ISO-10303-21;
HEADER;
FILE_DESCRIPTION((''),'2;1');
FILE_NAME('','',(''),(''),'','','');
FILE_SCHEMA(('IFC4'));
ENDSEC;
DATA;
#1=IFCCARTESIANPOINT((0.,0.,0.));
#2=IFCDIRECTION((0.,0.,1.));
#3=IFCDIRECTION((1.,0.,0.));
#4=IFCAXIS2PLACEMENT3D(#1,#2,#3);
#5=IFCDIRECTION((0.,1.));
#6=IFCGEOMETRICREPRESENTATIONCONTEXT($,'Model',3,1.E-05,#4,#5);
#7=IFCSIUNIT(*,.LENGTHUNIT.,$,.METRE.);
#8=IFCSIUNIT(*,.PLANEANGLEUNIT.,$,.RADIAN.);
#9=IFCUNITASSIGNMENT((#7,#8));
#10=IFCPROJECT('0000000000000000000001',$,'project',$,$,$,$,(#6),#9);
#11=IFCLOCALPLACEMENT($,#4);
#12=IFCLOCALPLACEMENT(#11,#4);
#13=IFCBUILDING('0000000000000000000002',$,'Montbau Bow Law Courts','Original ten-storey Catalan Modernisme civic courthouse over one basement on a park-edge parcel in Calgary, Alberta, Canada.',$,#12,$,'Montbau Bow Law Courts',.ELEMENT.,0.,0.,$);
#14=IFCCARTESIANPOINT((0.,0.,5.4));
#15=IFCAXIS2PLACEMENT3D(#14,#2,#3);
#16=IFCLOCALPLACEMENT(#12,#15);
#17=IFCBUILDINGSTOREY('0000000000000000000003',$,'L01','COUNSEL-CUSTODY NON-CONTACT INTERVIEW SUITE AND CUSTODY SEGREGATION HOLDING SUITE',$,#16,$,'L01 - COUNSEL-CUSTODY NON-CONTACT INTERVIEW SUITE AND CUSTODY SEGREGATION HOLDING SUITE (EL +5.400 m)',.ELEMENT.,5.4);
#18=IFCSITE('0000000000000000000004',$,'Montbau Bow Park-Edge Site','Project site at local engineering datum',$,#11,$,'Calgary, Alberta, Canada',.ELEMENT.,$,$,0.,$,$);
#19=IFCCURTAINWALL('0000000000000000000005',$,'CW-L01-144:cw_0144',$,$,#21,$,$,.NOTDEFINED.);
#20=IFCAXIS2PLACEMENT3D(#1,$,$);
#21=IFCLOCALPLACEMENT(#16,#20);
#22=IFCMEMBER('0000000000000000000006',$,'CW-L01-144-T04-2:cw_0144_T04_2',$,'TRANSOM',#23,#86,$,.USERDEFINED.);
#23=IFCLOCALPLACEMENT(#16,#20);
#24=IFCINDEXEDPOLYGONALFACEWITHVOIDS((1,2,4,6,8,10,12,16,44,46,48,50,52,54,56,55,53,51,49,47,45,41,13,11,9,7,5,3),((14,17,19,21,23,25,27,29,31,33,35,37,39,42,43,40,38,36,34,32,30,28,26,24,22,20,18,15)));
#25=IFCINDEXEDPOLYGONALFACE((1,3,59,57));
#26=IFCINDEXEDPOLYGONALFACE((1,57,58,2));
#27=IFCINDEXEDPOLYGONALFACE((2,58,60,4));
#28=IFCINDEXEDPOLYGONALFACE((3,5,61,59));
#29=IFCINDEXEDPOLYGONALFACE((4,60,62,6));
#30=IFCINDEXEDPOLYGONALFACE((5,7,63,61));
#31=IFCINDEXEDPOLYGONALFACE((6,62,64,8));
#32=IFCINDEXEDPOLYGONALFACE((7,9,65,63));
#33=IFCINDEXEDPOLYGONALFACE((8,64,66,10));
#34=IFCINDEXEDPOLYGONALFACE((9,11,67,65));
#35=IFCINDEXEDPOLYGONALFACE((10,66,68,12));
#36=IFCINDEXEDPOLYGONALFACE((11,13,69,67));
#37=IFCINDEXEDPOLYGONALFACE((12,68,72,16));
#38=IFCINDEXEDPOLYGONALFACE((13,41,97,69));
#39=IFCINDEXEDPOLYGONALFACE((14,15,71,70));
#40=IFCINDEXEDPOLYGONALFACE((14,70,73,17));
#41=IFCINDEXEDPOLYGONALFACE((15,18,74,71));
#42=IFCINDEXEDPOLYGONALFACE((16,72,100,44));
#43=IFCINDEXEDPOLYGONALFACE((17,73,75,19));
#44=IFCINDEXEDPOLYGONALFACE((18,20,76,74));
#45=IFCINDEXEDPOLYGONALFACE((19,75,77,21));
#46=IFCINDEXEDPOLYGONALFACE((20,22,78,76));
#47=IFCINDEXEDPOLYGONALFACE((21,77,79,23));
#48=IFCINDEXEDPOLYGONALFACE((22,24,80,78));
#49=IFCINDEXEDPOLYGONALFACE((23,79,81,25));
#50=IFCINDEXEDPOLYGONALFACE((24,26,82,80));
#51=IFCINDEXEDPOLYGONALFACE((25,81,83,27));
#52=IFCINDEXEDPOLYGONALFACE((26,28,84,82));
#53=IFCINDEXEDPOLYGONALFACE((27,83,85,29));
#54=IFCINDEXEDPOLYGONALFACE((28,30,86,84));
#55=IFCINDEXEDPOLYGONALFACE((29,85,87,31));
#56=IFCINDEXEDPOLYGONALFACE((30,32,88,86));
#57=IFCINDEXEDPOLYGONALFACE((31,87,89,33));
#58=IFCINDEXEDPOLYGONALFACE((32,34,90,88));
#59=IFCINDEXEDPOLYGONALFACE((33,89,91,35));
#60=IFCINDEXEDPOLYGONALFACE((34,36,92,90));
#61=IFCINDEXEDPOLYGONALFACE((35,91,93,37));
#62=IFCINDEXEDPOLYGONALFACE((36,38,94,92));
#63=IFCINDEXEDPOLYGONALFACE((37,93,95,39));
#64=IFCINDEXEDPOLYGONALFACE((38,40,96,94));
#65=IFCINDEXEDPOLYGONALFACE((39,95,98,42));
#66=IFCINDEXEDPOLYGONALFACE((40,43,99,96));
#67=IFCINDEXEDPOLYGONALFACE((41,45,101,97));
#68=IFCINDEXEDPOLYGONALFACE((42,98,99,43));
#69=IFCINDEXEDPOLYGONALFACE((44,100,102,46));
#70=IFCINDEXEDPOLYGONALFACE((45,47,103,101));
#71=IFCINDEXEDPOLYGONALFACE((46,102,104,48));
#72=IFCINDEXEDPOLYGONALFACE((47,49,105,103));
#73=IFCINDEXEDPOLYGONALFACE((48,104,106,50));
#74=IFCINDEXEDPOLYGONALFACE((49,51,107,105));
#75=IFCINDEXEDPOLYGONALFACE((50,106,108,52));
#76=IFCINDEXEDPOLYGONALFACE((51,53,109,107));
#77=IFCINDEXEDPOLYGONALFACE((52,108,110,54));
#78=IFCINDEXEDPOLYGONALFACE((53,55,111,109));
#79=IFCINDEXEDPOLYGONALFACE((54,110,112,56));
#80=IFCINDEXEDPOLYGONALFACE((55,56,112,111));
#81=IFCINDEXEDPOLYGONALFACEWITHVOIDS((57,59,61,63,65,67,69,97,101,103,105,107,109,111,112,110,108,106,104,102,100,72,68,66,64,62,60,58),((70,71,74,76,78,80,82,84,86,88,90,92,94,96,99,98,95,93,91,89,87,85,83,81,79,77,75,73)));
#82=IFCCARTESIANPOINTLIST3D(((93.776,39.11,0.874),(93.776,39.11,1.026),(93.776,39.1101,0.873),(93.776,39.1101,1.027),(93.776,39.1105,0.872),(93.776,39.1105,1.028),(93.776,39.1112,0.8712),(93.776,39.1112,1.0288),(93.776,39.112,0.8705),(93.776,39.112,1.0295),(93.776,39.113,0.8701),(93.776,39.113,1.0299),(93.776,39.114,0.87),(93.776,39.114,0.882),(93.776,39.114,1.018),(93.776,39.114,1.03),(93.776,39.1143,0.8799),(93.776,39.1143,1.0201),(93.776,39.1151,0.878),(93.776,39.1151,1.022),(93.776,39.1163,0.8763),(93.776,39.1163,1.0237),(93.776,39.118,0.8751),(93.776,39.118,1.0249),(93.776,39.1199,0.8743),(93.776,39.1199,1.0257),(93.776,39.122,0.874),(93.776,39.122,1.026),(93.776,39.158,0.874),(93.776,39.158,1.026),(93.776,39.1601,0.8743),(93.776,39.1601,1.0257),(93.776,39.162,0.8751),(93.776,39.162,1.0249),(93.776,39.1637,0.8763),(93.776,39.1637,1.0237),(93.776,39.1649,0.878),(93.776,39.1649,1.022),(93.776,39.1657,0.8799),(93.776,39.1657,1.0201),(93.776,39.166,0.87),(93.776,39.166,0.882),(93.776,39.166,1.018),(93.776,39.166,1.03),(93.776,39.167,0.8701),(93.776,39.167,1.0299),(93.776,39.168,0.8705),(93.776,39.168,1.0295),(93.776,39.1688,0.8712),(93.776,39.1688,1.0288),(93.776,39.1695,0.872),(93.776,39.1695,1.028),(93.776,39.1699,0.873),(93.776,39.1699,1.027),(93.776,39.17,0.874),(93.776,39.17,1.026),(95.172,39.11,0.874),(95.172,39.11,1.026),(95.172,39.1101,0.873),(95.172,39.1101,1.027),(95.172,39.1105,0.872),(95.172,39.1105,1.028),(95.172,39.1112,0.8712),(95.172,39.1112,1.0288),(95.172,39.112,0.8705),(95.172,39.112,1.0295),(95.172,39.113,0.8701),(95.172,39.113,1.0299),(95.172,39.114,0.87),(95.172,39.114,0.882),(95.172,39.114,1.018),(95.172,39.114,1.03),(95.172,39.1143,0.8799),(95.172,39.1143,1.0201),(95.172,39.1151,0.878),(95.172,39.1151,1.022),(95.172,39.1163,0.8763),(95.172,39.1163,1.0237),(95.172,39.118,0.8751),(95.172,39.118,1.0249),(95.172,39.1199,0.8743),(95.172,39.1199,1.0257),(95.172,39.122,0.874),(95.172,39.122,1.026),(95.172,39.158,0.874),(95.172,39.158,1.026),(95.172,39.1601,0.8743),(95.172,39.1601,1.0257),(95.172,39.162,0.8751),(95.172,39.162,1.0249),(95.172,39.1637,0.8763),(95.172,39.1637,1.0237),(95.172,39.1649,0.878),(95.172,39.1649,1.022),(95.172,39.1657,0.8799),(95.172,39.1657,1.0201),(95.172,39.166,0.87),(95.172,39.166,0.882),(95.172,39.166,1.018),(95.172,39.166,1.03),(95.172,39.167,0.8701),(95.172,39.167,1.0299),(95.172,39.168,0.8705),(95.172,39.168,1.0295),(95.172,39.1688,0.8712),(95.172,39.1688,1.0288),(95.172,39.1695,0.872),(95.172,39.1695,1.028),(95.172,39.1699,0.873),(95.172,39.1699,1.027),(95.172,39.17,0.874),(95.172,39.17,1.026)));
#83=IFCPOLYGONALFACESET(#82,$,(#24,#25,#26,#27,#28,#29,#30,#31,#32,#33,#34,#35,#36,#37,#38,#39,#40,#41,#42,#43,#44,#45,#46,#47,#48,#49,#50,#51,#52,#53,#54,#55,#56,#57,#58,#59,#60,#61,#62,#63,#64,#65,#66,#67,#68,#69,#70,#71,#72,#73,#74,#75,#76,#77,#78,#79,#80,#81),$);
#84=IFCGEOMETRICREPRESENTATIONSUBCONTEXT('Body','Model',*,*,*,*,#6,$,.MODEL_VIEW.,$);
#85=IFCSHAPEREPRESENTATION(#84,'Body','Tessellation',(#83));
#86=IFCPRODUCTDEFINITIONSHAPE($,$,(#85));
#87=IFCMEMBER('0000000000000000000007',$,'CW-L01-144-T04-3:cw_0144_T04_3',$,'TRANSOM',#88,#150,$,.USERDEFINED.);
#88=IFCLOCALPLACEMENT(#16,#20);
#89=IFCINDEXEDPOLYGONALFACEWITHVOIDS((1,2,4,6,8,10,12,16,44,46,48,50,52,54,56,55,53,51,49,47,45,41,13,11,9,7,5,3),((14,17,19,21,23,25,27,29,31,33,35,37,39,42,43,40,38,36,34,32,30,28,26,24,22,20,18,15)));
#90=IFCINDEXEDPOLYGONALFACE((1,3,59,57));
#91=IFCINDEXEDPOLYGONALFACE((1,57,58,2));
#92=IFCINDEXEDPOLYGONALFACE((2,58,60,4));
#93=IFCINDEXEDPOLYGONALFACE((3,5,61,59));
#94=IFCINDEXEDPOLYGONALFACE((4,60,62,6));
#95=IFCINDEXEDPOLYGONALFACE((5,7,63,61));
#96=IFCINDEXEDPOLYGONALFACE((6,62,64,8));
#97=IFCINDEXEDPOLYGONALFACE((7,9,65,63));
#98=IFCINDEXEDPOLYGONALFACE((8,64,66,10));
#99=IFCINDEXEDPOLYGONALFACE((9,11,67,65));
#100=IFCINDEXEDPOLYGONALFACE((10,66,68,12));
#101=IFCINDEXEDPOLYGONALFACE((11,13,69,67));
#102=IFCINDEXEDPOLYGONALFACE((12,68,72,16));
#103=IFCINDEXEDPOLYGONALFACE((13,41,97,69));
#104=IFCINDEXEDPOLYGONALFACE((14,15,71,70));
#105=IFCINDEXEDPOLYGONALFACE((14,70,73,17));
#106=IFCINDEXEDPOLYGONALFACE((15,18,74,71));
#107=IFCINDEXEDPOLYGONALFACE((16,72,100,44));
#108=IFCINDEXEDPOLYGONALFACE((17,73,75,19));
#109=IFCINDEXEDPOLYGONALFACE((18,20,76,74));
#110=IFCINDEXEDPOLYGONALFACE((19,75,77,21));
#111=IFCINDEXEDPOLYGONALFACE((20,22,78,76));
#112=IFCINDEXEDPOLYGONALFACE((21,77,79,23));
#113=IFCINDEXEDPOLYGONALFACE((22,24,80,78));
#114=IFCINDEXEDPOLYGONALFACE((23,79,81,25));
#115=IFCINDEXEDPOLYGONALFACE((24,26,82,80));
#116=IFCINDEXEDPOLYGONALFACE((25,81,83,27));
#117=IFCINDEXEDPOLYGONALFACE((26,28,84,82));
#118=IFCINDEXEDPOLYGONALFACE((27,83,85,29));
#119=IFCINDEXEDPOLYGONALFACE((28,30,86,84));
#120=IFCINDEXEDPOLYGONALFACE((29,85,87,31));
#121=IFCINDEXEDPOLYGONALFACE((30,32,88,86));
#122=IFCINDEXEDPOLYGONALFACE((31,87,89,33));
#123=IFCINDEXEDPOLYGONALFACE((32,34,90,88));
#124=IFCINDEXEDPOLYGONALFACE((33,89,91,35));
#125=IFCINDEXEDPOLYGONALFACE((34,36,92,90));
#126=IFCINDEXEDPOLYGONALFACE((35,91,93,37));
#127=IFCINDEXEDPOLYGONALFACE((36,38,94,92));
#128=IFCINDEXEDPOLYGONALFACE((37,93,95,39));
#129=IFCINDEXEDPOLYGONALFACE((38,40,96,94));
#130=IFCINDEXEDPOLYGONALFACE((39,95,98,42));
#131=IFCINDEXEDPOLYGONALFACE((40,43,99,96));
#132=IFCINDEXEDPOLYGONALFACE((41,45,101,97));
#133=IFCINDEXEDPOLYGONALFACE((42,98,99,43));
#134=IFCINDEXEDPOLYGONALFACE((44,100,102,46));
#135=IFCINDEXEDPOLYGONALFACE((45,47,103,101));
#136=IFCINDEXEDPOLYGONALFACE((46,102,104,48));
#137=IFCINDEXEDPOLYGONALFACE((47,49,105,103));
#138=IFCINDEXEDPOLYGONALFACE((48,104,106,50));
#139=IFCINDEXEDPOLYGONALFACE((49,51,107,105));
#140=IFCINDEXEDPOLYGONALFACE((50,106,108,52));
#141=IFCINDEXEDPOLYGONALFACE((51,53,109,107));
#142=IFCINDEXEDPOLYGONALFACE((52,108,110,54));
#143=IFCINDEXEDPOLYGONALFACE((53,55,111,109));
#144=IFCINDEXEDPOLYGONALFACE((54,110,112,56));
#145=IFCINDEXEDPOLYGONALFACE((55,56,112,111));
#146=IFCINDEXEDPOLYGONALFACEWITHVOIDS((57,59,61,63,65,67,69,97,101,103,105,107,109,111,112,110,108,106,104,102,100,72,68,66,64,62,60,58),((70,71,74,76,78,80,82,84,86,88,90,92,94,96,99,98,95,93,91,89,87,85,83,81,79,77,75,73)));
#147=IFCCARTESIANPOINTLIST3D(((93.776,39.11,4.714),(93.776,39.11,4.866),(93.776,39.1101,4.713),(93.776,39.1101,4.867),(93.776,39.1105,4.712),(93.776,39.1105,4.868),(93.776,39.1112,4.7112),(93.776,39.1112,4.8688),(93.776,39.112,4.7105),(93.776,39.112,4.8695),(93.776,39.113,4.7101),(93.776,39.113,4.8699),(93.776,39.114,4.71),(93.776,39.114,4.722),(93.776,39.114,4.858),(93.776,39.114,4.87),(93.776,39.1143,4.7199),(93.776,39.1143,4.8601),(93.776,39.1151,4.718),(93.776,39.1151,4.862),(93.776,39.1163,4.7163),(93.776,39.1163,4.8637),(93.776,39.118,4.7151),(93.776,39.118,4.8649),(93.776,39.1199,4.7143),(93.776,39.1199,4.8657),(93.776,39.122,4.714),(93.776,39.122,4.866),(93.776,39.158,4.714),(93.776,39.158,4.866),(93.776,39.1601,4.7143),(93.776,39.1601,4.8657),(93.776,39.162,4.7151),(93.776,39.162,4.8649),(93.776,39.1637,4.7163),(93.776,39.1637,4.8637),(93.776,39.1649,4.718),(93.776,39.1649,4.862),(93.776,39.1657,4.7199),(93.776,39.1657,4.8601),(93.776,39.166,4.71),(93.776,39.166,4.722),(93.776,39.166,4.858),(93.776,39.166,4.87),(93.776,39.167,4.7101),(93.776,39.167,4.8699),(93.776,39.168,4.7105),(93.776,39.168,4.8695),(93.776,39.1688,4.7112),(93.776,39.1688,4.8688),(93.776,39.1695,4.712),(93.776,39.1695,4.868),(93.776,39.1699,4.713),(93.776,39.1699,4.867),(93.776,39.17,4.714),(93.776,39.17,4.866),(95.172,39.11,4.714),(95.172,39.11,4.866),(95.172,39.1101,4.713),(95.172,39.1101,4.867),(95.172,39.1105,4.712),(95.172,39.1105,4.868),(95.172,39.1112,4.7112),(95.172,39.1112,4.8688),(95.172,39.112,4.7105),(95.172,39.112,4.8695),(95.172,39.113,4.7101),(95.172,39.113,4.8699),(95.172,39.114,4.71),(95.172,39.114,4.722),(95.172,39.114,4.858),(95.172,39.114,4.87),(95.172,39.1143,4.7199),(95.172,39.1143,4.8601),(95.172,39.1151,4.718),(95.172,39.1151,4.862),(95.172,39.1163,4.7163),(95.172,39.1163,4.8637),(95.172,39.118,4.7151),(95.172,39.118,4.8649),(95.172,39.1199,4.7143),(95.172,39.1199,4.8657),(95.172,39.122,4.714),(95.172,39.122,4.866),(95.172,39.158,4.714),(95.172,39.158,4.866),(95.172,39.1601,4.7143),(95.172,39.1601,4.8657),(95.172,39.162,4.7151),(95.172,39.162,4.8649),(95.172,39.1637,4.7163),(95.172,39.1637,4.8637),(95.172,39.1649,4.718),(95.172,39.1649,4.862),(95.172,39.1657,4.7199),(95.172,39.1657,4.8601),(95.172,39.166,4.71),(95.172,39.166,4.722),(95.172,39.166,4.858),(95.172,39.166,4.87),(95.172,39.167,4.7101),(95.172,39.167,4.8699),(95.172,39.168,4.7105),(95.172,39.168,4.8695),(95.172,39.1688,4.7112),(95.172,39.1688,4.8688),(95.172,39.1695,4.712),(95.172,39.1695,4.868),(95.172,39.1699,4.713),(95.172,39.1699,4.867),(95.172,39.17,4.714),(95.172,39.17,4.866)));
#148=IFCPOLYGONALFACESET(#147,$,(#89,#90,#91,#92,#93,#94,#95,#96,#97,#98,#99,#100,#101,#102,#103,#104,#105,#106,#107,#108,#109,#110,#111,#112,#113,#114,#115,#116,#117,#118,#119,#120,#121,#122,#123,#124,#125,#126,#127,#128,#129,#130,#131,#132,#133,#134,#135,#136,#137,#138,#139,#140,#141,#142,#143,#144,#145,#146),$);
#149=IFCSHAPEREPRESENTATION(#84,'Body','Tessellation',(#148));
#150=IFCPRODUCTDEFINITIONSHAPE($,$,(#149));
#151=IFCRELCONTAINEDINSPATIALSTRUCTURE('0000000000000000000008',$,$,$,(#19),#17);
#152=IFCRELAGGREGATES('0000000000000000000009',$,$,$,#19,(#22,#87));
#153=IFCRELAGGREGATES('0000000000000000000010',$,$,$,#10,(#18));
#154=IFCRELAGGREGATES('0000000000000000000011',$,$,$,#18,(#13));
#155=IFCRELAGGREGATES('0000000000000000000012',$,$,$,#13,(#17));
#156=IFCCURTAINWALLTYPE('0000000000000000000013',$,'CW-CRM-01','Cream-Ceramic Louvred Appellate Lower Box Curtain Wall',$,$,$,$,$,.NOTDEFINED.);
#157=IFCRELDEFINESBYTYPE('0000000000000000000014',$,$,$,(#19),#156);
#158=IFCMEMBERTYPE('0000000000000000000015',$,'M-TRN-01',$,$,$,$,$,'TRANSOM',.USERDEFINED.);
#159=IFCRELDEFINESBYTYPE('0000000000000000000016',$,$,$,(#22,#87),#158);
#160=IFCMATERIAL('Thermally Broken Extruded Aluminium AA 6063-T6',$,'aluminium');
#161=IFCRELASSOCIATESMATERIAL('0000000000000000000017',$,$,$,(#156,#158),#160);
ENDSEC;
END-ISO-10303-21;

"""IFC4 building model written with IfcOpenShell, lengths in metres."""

from ifc_helpers import new_model, si_unit, direction, frame, origin_with_axes, origin_2d_with_axis, place, context, subcontext, project, spatial, hollow_rectangle, extrude, material, material_profile, profile_set, type_object, element, aggregate, save


model = new_model("IFC4")

# Units and contexts
model_context = context("Model", 3, precision=1e-05, world=origin_with_axes(), true_north=direction((0.0, 1.0)))
body_context = subcontext(model_context, "Body", "Model", "MODEL_VIEW")
ifc_project = project(units=[si_unit("LENGTHUNIT", "METRE"), si_unit("PLANEANGLEUNIT", "RADIAN")], contexts=[model_context])

# Site, building, storey
site_placement = place(None, origin_with_axes())
site = spatial("IfcSite", under=ifc_project, at=site_placement, Name="Montbau Bow Park-Edge Site", Description="Project site at local engineering datum", LongName="Calgary, Alberta, Canada", CompositionType="ELEMENT", RefElevation=0.0)
building_placement = place(site_placement, origin_with_axes())
building = spatial("IfcBuilding", under=site, at=building_placement, Name="Montbau Bow Law Courts", Description="Original ten-storey Catalan Modernisme civic courthouse over one basement on a park-edge parcel in Calgary, Alberta, Canada.", LongName="Montbau Bow Law Courts", CompositionType="ELEMENT", ElevationOfRefHeight=0.0, ElevationOfTerrain=0.0)
storey_placement = place(building_placement, frame((0.0, 0.0, 5.4), z_axis=(0.0, 0.0, 1.0), x_axis=(1.0, 0.0, 0.0)))
storey = spatial("IfcBuildingStorey", under=building, at=storey_placement, Name="L01", Description="COUNSEL-CUSTODY NON-CONTACT INTERVIEW SUITE AND CUSTODY SEGREGATION HOLDING SUITE", LongName="L01 - COUNSEL-CUSTODY NON-CONTACT INTERVIEW SUITE AND CUSTODY SEGREGATION HOLDING SUITE (EL +5.400 m)", CompositionType="ELEMENT", Elevation=5.4)

# Curtain wall, members
ifc_material_1 = material(Name="Thermally Broken Extruded Aluminium AA 6063-T6", Category="aluminium")
curtain_wall_type = type_object("IfcCurtainWallType", Name="CW-CRM-01", Description="Cream-Ceramic Louvred Appellate Lower Box Curtain Wall", PredefinedType="NOTDEFINED", material=ifc_material_1)
curtain_wall_placement = place(None, frame((89.315, 39.14, 5.4), z_axis=(0.0, 0.0, 1.0), x_axis=(1.0, 0.0, 0.0)))
curtain_wall = element("IfcCurtainWall", 1, at=curtain_wall_placement, inside=storey, type_object=curtain_wall_type, Name="CW-L01-144:cw_0144", PredefinedType="NOTDEFINED")
ifc_material_profile_1 = material_profile(ifc_material_1, hollow_rectangle(XDim=0.06, YDim=0.16, WallThickness=0.004, InnerFilletRadius=0.008, OuterFilletRadius=0.004, at=origin_2d_with_axis()), Name="CWT-160X60", Category="Main", Priority=0)
ifc_profile_set_1 = profile_set([ifc_material_profile_1], Name="Thermally Broken Extruded Aluminium AA 6063-T6")
member_type_1 = type_object("IfcMemberType", Name="M-TRN-01", ElementType="TRANSOM", PredefinedType="USERDEFINED", material=ifc_profile_set_1)
member_1_placement = place(None, frame((93.776, 39.14, 6.35), z_axis=(1.0, 0.0, 0.0), x_axis=(0.0, 1.0, 0.0)))
member_1 = element("IfcMember", 2, at=member_1_placement, type_object=member_type_1, Name="CW-L01-144-T04-2:cw_0144_T04_2", ObjectType="TRANSOM", PredefinedType="USERDEFINED", context=body_context, shape_type="SweptSolid", body=[
    extrude(hollow_rectangle(XDim=0.06, YDim=0.16, WallThickness=0.004, InnerFilletRadius=0.008, OuterFilletRadius=0.004, at=origin_2d_with_axis()), origin_with_axes(), (0.0, 0.0, 1.0), 1.396),
])
member_2_placement = place(None, frame((93.776, 39.14, 10.19), z_axis=(1.0, 0.0, 0.0), x_axis=(0.0, 1.0, 0.0)))
member_2 = element("IfcMember", 3, at=member_2_placement, type_object=member_type_1, Name="CW-L01-144-T04-3:cw_0144_T04_3", ObjectType="TRANSOM", PredefinedType="USERDEFINED", context=body_context, shape_type="SweptSolid", body=[
    extrude(hollow_rectangle(XDim=0.06, YDim=0.16, WallThickness=0.004, InnerFilletRadius=0.008, OuterFilletRadius=0.004, at=origin_2d_with_axis()), origin_with_axes(), (0.0, 0.0, 1.0), 1.396),
])
aggregate(curtain_wall, [member_1, member_2])

save(model, "model.ifc")
